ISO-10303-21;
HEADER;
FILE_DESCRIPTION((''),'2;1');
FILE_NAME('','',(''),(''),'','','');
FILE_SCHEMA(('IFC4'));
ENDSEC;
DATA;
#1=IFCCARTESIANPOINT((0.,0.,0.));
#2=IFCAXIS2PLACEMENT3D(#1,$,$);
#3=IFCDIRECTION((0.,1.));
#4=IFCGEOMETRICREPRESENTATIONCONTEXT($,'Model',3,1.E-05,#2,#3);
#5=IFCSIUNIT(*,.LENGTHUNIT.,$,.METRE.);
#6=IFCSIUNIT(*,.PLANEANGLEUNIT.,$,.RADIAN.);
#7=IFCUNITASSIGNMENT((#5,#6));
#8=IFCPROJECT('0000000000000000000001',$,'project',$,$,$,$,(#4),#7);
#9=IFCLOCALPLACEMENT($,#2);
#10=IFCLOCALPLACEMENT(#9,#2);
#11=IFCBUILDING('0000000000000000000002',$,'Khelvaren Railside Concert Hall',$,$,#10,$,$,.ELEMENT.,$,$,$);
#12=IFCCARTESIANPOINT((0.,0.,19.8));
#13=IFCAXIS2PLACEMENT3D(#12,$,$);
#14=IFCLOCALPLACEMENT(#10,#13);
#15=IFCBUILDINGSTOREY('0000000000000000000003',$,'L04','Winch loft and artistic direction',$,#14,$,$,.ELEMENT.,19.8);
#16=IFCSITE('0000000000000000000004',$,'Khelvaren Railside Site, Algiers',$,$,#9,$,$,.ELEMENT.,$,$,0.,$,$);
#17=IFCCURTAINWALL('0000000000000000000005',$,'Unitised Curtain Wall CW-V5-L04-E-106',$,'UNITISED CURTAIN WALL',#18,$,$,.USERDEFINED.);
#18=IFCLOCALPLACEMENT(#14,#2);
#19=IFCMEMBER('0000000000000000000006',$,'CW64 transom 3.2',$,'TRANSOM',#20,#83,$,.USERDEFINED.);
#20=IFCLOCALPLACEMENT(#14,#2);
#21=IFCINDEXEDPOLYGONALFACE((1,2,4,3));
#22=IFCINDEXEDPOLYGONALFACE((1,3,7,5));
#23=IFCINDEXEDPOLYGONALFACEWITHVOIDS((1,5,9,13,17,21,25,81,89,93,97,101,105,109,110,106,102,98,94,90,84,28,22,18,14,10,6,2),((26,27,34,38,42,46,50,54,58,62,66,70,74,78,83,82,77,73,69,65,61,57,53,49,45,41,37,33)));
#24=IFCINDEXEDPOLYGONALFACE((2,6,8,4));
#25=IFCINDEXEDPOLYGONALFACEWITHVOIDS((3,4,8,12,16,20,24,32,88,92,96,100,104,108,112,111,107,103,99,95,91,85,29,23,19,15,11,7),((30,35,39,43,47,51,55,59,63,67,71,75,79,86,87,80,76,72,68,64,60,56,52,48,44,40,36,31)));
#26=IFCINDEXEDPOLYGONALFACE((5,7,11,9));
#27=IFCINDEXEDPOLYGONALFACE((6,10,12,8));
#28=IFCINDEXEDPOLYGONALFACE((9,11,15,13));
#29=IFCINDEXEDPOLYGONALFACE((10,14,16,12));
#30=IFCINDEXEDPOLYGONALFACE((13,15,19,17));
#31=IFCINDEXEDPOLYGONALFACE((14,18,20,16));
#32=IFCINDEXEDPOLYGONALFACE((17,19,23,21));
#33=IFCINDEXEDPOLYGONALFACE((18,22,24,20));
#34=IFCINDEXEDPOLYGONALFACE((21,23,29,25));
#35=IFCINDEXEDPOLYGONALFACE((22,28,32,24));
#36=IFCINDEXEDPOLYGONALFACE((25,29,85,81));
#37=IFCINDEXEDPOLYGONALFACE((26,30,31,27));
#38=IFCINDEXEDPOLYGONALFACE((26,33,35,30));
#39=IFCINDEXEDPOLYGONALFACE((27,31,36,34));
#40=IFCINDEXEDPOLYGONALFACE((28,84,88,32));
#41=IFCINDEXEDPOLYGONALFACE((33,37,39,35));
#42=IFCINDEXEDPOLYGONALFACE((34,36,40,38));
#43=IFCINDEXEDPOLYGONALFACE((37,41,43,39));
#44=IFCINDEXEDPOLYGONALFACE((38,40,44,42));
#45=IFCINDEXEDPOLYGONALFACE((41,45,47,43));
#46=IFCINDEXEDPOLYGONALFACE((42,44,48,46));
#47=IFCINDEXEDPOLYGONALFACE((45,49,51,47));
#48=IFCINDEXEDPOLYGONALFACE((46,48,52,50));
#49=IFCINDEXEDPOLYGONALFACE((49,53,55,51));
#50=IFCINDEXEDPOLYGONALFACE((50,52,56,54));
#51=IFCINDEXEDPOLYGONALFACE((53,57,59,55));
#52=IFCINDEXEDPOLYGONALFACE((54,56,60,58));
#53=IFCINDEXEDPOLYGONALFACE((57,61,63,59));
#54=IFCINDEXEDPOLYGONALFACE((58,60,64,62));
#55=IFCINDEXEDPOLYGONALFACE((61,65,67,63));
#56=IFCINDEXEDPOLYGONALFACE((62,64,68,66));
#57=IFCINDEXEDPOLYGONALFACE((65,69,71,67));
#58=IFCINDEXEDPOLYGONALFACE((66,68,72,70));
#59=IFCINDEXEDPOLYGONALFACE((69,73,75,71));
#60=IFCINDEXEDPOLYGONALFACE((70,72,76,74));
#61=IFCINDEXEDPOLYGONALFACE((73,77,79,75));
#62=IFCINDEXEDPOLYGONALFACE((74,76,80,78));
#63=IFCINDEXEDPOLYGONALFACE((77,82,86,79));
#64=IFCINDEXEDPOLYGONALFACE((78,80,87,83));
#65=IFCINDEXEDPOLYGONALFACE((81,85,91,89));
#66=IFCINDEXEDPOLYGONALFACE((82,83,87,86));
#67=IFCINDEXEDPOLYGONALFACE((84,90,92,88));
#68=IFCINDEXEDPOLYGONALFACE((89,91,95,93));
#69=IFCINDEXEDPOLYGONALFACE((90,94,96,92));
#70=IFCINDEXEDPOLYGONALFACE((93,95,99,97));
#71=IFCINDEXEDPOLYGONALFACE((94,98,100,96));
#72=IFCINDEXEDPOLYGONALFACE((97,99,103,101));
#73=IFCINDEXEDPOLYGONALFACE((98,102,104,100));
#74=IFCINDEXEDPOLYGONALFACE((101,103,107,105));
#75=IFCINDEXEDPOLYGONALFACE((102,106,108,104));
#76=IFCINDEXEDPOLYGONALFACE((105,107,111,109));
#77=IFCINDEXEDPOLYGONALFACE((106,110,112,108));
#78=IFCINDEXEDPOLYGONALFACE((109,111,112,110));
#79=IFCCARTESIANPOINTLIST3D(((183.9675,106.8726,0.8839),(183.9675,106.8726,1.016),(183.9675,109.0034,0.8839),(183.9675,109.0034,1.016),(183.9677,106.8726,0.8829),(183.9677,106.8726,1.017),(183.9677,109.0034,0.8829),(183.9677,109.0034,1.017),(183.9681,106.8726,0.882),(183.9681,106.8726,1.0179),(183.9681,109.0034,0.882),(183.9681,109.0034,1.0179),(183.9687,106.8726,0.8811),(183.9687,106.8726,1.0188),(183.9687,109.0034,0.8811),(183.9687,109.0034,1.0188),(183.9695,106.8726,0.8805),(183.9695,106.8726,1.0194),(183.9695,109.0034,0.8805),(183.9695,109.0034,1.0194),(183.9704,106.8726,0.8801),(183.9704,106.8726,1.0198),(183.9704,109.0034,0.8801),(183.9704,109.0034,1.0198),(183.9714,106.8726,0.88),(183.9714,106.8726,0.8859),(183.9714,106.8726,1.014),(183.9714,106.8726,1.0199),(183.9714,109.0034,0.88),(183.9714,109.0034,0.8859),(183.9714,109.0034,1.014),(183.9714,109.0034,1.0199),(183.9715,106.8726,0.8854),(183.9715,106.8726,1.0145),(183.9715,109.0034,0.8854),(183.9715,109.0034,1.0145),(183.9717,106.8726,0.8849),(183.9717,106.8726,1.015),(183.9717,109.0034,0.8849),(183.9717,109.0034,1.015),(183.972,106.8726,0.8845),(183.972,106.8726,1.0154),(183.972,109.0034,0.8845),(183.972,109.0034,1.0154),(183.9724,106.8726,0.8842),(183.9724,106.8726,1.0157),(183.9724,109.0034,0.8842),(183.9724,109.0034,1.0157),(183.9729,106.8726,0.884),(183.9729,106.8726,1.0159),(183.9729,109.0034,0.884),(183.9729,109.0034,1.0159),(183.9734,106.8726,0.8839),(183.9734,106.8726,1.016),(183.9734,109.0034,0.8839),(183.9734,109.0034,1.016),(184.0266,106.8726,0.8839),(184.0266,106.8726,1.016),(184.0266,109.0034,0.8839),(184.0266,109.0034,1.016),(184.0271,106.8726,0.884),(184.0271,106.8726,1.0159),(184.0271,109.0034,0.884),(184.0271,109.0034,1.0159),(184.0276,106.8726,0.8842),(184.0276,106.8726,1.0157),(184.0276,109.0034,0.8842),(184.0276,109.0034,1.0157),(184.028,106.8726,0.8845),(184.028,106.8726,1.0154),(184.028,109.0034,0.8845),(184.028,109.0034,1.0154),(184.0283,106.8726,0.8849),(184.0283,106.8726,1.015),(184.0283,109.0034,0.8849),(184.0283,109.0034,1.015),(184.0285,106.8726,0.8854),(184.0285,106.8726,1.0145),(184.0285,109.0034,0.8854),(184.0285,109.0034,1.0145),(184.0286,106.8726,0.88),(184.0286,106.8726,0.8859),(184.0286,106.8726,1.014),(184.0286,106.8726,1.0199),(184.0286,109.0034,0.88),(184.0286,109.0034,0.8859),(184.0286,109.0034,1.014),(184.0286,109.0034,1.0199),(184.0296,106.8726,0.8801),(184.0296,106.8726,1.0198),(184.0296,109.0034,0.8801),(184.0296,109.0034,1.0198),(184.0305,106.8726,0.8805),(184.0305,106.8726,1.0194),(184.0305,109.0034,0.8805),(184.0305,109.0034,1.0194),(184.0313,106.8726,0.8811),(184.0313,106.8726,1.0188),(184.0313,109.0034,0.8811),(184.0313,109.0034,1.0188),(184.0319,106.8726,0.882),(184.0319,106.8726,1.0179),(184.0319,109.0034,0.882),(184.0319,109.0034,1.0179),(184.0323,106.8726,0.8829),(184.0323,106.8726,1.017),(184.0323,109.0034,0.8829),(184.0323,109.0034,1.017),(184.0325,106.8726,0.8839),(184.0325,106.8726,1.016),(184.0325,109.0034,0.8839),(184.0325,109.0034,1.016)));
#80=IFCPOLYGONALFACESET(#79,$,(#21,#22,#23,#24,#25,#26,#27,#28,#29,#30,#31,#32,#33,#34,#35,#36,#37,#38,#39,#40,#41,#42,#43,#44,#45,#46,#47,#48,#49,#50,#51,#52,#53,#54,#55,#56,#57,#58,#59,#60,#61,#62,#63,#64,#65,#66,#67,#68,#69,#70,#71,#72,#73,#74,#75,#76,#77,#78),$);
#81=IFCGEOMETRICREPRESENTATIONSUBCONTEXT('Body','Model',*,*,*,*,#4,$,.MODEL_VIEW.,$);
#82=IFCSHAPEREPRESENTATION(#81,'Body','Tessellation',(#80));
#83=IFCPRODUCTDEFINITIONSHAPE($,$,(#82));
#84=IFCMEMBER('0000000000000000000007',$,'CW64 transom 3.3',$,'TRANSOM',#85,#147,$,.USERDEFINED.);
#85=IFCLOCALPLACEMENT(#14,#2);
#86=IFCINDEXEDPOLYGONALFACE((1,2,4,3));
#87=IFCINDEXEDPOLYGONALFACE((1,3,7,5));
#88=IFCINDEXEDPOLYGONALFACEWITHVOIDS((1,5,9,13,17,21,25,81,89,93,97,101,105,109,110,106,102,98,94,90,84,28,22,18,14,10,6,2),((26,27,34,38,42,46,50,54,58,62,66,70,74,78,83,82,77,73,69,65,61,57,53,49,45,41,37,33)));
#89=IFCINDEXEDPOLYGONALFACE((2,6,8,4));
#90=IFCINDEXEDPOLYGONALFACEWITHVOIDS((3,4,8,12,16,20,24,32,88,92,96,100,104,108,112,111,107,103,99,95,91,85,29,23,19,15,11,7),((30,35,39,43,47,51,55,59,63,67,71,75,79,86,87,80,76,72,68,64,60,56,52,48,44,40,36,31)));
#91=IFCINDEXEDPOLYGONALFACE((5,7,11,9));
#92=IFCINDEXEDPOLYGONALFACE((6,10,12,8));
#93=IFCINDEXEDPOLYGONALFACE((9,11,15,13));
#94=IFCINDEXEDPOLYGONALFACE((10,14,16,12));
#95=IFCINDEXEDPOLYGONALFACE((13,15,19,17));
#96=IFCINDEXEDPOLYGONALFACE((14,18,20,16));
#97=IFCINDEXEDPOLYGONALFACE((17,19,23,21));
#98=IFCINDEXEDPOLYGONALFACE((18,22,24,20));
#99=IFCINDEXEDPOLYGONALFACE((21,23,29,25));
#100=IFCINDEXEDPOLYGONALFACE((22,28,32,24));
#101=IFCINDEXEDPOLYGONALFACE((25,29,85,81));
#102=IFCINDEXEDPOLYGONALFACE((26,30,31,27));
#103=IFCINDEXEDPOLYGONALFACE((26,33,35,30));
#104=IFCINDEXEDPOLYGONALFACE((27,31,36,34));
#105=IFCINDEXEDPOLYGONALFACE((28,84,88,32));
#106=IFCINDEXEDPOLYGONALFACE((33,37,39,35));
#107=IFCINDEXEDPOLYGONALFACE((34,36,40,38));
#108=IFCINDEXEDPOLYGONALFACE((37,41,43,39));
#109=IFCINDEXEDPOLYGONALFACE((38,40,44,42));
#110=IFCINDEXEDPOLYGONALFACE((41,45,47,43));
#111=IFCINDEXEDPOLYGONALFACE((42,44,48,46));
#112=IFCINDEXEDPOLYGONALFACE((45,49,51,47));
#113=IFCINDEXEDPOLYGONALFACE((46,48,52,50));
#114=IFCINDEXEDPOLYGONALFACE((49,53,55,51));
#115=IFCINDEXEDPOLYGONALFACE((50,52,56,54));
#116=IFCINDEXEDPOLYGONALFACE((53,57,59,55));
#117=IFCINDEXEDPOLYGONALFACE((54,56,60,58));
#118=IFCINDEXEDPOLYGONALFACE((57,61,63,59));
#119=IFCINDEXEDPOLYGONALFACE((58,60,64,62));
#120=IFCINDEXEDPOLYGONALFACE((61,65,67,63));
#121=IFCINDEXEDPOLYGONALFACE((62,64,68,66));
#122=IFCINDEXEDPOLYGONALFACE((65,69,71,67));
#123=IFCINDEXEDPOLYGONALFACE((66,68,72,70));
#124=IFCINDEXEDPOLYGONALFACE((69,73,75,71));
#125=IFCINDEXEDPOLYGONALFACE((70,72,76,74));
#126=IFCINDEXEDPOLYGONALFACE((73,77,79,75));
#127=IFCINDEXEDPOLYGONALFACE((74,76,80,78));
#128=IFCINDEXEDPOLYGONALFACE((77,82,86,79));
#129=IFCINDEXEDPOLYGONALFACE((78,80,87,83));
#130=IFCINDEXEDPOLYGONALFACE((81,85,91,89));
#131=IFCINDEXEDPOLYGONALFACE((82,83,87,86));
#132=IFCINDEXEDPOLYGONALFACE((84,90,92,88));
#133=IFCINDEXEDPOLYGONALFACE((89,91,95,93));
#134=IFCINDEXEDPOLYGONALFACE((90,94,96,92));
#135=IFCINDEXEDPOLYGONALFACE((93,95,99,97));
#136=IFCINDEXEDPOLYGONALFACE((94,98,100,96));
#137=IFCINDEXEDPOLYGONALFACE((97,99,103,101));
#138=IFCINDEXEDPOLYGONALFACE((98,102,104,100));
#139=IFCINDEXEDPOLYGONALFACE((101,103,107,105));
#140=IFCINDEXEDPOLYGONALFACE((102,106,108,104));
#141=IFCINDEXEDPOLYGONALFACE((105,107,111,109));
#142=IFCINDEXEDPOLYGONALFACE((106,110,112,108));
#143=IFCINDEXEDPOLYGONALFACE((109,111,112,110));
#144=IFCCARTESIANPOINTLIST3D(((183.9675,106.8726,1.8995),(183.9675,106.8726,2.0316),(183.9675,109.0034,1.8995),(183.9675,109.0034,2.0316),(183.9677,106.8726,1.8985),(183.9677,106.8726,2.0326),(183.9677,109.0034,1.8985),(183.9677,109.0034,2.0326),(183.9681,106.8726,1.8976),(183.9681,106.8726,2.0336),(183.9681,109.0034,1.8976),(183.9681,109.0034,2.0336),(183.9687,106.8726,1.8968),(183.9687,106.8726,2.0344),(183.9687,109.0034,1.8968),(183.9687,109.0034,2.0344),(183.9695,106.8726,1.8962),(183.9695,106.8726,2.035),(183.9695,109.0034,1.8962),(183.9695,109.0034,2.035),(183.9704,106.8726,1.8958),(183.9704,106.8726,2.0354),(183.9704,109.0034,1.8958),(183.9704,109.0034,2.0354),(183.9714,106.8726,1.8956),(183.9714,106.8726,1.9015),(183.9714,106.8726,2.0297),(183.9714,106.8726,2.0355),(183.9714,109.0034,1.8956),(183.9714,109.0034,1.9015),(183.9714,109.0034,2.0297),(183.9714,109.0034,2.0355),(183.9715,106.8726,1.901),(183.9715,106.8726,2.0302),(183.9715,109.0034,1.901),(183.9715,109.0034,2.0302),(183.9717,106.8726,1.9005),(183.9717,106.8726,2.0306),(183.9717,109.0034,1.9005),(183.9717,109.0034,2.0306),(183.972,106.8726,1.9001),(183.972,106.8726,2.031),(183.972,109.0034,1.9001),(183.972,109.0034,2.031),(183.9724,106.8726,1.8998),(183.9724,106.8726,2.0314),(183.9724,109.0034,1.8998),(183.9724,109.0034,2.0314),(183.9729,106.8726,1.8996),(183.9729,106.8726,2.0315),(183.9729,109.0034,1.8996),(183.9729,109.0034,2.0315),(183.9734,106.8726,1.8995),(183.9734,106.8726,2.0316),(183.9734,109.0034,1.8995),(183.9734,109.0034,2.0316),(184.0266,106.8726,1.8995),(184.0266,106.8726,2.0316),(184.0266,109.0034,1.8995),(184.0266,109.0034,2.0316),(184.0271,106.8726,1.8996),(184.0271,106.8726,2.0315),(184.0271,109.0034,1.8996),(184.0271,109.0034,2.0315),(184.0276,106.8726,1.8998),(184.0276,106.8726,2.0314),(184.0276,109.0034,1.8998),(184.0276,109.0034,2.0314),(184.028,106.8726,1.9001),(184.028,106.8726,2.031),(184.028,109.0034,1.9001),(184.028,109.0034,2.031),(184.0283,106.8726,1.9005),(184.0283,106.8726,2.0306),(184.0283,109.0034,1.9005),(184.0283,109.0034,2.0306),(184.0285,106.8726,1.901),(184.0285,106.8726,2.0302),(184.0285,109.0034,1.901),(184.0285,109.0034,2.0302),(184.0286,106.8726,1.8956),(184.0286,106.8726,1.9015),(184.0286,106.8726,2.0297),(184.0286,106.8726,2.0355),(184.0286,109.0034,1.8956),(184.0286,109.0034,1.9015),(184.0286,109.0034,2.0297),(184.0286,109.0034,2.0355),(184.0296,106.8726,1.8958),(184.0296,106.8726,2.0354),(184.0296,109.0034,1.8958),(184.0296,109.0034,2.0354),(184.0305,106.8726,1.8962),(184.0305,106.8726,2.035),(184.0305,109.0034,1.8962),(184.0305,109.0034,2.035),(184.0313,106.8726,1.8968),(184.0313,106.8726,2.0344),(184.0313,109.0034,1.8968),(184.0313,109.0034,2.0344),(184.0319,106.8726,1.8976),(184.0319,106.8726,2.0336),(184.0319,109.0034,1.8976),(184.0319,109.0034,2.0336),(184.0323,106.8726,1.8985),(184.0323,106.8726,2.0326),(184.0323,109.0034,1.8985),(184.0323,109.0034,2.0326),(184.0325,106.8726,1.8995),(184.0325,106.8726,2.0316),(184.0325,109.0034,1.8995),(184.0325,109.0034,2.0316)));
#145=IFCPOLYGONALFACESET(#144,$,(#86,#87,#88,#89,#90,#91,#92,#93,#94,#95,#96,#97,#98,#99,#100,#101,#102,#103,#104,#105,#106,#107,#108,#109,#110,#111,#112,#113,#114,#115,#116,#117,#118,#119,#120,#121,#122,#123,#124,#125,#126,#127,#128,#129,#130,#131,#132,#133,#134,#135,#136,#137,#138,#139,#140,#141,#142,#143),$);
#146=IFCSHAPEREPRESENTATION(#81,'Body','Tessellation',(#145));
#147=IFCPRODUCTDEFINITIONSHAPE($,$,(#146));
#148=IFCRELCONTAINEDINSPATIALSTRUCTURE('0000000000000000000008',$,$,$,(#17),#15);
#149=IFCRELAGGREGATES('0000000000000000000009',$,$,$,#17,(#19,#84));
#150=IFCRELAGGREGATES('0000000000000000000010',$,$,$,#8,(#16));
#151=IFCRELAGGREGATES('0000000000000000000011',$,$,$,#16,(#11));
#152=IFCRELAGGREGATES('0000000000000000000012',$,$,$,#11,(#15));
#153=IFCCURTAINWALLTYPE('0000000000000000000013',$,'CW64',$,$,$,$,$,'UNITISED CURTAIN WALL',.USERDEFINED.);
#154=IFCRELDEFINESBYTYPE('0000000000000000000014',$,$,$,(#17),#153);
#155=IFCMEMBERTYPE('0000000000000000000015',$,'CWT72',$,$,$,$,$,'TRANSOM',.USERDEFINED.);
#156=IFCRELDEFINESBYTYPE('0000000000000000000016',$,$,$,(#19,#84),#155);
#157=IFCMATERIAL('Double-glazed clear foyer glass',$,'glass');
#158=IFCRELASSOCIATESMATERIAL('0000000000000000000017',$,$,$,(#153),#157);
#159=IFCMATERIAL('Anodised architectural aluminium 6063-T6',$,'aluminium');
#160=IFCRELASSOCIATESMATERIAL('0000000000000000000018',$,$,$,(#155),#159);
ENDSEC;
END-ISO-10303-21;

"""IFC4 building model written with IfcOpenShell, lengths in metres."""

from ifc_helpers import new_model, si_unit, direction, frame, origin, origin_2d, place, context, subcontext, project, spatial, hollow_rectangle, extrude, material, material_profile, profile_set, type_object, element, aggregate, save


model = new_model("IFC4")

# Units and contexts
model_context = context("Model", 3, precision=1e-05, world=origin(), true_north=direction((0.0, 1.0)))
body_context = subcontext(model_context, "Body", "Model", "MODEL_VIEW")
ifc_project = project(units=[si_unit("LENGTHUNIT", "METRE"), si_unit("PLANEANGLEUNIT", "RADIAN")], contexts=[model_context])

# Site, building, storey
site_placement = place(None, origin())
site = spatial("IfcSite", under=ifc_project, at=site_placement, Name="Khelvaren Railside Site, Algiers", CompositionType="ELEMENT", RefElevation=0.0)
building_placement = place(site_placement, origin())
building = spatial("IfcBuilding", under=site, at=building_placement, Name="Khelvaren Railside Concert Hall", CompositionType="ELEMENT")
storey_placement = place(building_placement, frame((0.0, 0.0, 19.8)))
storey = spatial("IfcBuildingStorey", under=building, at=storey_placement, Name="L04", Description="Winch loft and artistic direction", CompositionType="ELEMENT", Elevation=19.8)

# Curtain wall
ifc_material_1 = material(Name="Double-glazed clear foyer glass", Category="glass")
curtain_wall_type_1 = type_object("IfcCurtainWallType", Name="CW64", ElementType="UNITISED CURTAIN WALL", PredefinedType="USERDEFINED", material=ifc_material_1)
curtain_wall_1_placement = place(storey_placement, origin())
curtain_wall_1 = element("IfcCurtainWall", 1, at=curtain_wall_1_placement, inside=storey, type_object=curtain_wall_type_1, Name="Unitised Curtain Wall CW-V5-L04-E-106", ObjectType="UNITISED CURTAIN WALL", PredefinedType="USERDEFINED")
ifc_material_2 = material(Name="Anodised architectural aluminium 6063-T6", Category="aluminium")
ifc_material_profile_1 = material_profile(ifc_material_2, hollow_rectangle(XDim=0.0649, YDim=0.1399, WallThickness=0.0039, InnerFilletRadius=0.002, OuterFilletRadius=0.0039, at=origin_2d()), Name="CWT 65x140x4")
ifc_profile_set_1 = profile_set([ifc_material_profile_1], Name="Anodised architectural aluminium 6063-T6")
member_type_1 = type_object("IfcMemberType", Name="CWT72", ElementType="TRANSOM", PredefinedType="USERDEFINED", material=ifc_profile_set_1)

# Members
member_1_placement = place(storey_placement, frame((184.0, 109.0034, 0.95), z_axis=(0.0, -1.0, 0.0), x_axis=(1.0, 0.0, 0.0)))
member_1 = element("IfcMember", 2, at=member_1_placement, type_object=member_type_1, Name="CW64 transom 3.2", ObjectType="TRANSOM", PredefinedType="USERDEFINED", context=body_context, shape_type="SweptSolid", body=[
    extrude(hollow_rectangle(XDim=0.0649, YDim=0.1399, WallThickness=0.0039, InnerFilletRadius=0.002, OuterFilletRadius=0.0039, at=origin_2d()), origin(), (0.0, 0.0, 1.0), 2.1309),
])
member_2_placement = place(storey_placement, frame((184.0, 109.0034, 1.9656), z_axis=(0.0, -1.0, 0.0), x_axis=(1.0, 0.0, 0.0)))
member_2 = element("IfcMember", 3, at=member_2_placement, type_object=member_type_1, Name="CW64 transom 3.3", ObjectType="TRANSOM", PredefinedType="USERDEFINED", context=body_context, shape_type="SweptSolid", body=[
    extrude(hollow_rectangle(XDim=0.0649, YDim=0.1399, WallThickness=0.0039, InnerFilletRadius=0.002, OuterFilletRadius=0.0039, at=origin_2d()), origin(), (0.0, 0.0, 1.0), 2.1309),
])

aggregate(curtain_wall_1, [member_1, member_2])

save(model, "model.ifc")
